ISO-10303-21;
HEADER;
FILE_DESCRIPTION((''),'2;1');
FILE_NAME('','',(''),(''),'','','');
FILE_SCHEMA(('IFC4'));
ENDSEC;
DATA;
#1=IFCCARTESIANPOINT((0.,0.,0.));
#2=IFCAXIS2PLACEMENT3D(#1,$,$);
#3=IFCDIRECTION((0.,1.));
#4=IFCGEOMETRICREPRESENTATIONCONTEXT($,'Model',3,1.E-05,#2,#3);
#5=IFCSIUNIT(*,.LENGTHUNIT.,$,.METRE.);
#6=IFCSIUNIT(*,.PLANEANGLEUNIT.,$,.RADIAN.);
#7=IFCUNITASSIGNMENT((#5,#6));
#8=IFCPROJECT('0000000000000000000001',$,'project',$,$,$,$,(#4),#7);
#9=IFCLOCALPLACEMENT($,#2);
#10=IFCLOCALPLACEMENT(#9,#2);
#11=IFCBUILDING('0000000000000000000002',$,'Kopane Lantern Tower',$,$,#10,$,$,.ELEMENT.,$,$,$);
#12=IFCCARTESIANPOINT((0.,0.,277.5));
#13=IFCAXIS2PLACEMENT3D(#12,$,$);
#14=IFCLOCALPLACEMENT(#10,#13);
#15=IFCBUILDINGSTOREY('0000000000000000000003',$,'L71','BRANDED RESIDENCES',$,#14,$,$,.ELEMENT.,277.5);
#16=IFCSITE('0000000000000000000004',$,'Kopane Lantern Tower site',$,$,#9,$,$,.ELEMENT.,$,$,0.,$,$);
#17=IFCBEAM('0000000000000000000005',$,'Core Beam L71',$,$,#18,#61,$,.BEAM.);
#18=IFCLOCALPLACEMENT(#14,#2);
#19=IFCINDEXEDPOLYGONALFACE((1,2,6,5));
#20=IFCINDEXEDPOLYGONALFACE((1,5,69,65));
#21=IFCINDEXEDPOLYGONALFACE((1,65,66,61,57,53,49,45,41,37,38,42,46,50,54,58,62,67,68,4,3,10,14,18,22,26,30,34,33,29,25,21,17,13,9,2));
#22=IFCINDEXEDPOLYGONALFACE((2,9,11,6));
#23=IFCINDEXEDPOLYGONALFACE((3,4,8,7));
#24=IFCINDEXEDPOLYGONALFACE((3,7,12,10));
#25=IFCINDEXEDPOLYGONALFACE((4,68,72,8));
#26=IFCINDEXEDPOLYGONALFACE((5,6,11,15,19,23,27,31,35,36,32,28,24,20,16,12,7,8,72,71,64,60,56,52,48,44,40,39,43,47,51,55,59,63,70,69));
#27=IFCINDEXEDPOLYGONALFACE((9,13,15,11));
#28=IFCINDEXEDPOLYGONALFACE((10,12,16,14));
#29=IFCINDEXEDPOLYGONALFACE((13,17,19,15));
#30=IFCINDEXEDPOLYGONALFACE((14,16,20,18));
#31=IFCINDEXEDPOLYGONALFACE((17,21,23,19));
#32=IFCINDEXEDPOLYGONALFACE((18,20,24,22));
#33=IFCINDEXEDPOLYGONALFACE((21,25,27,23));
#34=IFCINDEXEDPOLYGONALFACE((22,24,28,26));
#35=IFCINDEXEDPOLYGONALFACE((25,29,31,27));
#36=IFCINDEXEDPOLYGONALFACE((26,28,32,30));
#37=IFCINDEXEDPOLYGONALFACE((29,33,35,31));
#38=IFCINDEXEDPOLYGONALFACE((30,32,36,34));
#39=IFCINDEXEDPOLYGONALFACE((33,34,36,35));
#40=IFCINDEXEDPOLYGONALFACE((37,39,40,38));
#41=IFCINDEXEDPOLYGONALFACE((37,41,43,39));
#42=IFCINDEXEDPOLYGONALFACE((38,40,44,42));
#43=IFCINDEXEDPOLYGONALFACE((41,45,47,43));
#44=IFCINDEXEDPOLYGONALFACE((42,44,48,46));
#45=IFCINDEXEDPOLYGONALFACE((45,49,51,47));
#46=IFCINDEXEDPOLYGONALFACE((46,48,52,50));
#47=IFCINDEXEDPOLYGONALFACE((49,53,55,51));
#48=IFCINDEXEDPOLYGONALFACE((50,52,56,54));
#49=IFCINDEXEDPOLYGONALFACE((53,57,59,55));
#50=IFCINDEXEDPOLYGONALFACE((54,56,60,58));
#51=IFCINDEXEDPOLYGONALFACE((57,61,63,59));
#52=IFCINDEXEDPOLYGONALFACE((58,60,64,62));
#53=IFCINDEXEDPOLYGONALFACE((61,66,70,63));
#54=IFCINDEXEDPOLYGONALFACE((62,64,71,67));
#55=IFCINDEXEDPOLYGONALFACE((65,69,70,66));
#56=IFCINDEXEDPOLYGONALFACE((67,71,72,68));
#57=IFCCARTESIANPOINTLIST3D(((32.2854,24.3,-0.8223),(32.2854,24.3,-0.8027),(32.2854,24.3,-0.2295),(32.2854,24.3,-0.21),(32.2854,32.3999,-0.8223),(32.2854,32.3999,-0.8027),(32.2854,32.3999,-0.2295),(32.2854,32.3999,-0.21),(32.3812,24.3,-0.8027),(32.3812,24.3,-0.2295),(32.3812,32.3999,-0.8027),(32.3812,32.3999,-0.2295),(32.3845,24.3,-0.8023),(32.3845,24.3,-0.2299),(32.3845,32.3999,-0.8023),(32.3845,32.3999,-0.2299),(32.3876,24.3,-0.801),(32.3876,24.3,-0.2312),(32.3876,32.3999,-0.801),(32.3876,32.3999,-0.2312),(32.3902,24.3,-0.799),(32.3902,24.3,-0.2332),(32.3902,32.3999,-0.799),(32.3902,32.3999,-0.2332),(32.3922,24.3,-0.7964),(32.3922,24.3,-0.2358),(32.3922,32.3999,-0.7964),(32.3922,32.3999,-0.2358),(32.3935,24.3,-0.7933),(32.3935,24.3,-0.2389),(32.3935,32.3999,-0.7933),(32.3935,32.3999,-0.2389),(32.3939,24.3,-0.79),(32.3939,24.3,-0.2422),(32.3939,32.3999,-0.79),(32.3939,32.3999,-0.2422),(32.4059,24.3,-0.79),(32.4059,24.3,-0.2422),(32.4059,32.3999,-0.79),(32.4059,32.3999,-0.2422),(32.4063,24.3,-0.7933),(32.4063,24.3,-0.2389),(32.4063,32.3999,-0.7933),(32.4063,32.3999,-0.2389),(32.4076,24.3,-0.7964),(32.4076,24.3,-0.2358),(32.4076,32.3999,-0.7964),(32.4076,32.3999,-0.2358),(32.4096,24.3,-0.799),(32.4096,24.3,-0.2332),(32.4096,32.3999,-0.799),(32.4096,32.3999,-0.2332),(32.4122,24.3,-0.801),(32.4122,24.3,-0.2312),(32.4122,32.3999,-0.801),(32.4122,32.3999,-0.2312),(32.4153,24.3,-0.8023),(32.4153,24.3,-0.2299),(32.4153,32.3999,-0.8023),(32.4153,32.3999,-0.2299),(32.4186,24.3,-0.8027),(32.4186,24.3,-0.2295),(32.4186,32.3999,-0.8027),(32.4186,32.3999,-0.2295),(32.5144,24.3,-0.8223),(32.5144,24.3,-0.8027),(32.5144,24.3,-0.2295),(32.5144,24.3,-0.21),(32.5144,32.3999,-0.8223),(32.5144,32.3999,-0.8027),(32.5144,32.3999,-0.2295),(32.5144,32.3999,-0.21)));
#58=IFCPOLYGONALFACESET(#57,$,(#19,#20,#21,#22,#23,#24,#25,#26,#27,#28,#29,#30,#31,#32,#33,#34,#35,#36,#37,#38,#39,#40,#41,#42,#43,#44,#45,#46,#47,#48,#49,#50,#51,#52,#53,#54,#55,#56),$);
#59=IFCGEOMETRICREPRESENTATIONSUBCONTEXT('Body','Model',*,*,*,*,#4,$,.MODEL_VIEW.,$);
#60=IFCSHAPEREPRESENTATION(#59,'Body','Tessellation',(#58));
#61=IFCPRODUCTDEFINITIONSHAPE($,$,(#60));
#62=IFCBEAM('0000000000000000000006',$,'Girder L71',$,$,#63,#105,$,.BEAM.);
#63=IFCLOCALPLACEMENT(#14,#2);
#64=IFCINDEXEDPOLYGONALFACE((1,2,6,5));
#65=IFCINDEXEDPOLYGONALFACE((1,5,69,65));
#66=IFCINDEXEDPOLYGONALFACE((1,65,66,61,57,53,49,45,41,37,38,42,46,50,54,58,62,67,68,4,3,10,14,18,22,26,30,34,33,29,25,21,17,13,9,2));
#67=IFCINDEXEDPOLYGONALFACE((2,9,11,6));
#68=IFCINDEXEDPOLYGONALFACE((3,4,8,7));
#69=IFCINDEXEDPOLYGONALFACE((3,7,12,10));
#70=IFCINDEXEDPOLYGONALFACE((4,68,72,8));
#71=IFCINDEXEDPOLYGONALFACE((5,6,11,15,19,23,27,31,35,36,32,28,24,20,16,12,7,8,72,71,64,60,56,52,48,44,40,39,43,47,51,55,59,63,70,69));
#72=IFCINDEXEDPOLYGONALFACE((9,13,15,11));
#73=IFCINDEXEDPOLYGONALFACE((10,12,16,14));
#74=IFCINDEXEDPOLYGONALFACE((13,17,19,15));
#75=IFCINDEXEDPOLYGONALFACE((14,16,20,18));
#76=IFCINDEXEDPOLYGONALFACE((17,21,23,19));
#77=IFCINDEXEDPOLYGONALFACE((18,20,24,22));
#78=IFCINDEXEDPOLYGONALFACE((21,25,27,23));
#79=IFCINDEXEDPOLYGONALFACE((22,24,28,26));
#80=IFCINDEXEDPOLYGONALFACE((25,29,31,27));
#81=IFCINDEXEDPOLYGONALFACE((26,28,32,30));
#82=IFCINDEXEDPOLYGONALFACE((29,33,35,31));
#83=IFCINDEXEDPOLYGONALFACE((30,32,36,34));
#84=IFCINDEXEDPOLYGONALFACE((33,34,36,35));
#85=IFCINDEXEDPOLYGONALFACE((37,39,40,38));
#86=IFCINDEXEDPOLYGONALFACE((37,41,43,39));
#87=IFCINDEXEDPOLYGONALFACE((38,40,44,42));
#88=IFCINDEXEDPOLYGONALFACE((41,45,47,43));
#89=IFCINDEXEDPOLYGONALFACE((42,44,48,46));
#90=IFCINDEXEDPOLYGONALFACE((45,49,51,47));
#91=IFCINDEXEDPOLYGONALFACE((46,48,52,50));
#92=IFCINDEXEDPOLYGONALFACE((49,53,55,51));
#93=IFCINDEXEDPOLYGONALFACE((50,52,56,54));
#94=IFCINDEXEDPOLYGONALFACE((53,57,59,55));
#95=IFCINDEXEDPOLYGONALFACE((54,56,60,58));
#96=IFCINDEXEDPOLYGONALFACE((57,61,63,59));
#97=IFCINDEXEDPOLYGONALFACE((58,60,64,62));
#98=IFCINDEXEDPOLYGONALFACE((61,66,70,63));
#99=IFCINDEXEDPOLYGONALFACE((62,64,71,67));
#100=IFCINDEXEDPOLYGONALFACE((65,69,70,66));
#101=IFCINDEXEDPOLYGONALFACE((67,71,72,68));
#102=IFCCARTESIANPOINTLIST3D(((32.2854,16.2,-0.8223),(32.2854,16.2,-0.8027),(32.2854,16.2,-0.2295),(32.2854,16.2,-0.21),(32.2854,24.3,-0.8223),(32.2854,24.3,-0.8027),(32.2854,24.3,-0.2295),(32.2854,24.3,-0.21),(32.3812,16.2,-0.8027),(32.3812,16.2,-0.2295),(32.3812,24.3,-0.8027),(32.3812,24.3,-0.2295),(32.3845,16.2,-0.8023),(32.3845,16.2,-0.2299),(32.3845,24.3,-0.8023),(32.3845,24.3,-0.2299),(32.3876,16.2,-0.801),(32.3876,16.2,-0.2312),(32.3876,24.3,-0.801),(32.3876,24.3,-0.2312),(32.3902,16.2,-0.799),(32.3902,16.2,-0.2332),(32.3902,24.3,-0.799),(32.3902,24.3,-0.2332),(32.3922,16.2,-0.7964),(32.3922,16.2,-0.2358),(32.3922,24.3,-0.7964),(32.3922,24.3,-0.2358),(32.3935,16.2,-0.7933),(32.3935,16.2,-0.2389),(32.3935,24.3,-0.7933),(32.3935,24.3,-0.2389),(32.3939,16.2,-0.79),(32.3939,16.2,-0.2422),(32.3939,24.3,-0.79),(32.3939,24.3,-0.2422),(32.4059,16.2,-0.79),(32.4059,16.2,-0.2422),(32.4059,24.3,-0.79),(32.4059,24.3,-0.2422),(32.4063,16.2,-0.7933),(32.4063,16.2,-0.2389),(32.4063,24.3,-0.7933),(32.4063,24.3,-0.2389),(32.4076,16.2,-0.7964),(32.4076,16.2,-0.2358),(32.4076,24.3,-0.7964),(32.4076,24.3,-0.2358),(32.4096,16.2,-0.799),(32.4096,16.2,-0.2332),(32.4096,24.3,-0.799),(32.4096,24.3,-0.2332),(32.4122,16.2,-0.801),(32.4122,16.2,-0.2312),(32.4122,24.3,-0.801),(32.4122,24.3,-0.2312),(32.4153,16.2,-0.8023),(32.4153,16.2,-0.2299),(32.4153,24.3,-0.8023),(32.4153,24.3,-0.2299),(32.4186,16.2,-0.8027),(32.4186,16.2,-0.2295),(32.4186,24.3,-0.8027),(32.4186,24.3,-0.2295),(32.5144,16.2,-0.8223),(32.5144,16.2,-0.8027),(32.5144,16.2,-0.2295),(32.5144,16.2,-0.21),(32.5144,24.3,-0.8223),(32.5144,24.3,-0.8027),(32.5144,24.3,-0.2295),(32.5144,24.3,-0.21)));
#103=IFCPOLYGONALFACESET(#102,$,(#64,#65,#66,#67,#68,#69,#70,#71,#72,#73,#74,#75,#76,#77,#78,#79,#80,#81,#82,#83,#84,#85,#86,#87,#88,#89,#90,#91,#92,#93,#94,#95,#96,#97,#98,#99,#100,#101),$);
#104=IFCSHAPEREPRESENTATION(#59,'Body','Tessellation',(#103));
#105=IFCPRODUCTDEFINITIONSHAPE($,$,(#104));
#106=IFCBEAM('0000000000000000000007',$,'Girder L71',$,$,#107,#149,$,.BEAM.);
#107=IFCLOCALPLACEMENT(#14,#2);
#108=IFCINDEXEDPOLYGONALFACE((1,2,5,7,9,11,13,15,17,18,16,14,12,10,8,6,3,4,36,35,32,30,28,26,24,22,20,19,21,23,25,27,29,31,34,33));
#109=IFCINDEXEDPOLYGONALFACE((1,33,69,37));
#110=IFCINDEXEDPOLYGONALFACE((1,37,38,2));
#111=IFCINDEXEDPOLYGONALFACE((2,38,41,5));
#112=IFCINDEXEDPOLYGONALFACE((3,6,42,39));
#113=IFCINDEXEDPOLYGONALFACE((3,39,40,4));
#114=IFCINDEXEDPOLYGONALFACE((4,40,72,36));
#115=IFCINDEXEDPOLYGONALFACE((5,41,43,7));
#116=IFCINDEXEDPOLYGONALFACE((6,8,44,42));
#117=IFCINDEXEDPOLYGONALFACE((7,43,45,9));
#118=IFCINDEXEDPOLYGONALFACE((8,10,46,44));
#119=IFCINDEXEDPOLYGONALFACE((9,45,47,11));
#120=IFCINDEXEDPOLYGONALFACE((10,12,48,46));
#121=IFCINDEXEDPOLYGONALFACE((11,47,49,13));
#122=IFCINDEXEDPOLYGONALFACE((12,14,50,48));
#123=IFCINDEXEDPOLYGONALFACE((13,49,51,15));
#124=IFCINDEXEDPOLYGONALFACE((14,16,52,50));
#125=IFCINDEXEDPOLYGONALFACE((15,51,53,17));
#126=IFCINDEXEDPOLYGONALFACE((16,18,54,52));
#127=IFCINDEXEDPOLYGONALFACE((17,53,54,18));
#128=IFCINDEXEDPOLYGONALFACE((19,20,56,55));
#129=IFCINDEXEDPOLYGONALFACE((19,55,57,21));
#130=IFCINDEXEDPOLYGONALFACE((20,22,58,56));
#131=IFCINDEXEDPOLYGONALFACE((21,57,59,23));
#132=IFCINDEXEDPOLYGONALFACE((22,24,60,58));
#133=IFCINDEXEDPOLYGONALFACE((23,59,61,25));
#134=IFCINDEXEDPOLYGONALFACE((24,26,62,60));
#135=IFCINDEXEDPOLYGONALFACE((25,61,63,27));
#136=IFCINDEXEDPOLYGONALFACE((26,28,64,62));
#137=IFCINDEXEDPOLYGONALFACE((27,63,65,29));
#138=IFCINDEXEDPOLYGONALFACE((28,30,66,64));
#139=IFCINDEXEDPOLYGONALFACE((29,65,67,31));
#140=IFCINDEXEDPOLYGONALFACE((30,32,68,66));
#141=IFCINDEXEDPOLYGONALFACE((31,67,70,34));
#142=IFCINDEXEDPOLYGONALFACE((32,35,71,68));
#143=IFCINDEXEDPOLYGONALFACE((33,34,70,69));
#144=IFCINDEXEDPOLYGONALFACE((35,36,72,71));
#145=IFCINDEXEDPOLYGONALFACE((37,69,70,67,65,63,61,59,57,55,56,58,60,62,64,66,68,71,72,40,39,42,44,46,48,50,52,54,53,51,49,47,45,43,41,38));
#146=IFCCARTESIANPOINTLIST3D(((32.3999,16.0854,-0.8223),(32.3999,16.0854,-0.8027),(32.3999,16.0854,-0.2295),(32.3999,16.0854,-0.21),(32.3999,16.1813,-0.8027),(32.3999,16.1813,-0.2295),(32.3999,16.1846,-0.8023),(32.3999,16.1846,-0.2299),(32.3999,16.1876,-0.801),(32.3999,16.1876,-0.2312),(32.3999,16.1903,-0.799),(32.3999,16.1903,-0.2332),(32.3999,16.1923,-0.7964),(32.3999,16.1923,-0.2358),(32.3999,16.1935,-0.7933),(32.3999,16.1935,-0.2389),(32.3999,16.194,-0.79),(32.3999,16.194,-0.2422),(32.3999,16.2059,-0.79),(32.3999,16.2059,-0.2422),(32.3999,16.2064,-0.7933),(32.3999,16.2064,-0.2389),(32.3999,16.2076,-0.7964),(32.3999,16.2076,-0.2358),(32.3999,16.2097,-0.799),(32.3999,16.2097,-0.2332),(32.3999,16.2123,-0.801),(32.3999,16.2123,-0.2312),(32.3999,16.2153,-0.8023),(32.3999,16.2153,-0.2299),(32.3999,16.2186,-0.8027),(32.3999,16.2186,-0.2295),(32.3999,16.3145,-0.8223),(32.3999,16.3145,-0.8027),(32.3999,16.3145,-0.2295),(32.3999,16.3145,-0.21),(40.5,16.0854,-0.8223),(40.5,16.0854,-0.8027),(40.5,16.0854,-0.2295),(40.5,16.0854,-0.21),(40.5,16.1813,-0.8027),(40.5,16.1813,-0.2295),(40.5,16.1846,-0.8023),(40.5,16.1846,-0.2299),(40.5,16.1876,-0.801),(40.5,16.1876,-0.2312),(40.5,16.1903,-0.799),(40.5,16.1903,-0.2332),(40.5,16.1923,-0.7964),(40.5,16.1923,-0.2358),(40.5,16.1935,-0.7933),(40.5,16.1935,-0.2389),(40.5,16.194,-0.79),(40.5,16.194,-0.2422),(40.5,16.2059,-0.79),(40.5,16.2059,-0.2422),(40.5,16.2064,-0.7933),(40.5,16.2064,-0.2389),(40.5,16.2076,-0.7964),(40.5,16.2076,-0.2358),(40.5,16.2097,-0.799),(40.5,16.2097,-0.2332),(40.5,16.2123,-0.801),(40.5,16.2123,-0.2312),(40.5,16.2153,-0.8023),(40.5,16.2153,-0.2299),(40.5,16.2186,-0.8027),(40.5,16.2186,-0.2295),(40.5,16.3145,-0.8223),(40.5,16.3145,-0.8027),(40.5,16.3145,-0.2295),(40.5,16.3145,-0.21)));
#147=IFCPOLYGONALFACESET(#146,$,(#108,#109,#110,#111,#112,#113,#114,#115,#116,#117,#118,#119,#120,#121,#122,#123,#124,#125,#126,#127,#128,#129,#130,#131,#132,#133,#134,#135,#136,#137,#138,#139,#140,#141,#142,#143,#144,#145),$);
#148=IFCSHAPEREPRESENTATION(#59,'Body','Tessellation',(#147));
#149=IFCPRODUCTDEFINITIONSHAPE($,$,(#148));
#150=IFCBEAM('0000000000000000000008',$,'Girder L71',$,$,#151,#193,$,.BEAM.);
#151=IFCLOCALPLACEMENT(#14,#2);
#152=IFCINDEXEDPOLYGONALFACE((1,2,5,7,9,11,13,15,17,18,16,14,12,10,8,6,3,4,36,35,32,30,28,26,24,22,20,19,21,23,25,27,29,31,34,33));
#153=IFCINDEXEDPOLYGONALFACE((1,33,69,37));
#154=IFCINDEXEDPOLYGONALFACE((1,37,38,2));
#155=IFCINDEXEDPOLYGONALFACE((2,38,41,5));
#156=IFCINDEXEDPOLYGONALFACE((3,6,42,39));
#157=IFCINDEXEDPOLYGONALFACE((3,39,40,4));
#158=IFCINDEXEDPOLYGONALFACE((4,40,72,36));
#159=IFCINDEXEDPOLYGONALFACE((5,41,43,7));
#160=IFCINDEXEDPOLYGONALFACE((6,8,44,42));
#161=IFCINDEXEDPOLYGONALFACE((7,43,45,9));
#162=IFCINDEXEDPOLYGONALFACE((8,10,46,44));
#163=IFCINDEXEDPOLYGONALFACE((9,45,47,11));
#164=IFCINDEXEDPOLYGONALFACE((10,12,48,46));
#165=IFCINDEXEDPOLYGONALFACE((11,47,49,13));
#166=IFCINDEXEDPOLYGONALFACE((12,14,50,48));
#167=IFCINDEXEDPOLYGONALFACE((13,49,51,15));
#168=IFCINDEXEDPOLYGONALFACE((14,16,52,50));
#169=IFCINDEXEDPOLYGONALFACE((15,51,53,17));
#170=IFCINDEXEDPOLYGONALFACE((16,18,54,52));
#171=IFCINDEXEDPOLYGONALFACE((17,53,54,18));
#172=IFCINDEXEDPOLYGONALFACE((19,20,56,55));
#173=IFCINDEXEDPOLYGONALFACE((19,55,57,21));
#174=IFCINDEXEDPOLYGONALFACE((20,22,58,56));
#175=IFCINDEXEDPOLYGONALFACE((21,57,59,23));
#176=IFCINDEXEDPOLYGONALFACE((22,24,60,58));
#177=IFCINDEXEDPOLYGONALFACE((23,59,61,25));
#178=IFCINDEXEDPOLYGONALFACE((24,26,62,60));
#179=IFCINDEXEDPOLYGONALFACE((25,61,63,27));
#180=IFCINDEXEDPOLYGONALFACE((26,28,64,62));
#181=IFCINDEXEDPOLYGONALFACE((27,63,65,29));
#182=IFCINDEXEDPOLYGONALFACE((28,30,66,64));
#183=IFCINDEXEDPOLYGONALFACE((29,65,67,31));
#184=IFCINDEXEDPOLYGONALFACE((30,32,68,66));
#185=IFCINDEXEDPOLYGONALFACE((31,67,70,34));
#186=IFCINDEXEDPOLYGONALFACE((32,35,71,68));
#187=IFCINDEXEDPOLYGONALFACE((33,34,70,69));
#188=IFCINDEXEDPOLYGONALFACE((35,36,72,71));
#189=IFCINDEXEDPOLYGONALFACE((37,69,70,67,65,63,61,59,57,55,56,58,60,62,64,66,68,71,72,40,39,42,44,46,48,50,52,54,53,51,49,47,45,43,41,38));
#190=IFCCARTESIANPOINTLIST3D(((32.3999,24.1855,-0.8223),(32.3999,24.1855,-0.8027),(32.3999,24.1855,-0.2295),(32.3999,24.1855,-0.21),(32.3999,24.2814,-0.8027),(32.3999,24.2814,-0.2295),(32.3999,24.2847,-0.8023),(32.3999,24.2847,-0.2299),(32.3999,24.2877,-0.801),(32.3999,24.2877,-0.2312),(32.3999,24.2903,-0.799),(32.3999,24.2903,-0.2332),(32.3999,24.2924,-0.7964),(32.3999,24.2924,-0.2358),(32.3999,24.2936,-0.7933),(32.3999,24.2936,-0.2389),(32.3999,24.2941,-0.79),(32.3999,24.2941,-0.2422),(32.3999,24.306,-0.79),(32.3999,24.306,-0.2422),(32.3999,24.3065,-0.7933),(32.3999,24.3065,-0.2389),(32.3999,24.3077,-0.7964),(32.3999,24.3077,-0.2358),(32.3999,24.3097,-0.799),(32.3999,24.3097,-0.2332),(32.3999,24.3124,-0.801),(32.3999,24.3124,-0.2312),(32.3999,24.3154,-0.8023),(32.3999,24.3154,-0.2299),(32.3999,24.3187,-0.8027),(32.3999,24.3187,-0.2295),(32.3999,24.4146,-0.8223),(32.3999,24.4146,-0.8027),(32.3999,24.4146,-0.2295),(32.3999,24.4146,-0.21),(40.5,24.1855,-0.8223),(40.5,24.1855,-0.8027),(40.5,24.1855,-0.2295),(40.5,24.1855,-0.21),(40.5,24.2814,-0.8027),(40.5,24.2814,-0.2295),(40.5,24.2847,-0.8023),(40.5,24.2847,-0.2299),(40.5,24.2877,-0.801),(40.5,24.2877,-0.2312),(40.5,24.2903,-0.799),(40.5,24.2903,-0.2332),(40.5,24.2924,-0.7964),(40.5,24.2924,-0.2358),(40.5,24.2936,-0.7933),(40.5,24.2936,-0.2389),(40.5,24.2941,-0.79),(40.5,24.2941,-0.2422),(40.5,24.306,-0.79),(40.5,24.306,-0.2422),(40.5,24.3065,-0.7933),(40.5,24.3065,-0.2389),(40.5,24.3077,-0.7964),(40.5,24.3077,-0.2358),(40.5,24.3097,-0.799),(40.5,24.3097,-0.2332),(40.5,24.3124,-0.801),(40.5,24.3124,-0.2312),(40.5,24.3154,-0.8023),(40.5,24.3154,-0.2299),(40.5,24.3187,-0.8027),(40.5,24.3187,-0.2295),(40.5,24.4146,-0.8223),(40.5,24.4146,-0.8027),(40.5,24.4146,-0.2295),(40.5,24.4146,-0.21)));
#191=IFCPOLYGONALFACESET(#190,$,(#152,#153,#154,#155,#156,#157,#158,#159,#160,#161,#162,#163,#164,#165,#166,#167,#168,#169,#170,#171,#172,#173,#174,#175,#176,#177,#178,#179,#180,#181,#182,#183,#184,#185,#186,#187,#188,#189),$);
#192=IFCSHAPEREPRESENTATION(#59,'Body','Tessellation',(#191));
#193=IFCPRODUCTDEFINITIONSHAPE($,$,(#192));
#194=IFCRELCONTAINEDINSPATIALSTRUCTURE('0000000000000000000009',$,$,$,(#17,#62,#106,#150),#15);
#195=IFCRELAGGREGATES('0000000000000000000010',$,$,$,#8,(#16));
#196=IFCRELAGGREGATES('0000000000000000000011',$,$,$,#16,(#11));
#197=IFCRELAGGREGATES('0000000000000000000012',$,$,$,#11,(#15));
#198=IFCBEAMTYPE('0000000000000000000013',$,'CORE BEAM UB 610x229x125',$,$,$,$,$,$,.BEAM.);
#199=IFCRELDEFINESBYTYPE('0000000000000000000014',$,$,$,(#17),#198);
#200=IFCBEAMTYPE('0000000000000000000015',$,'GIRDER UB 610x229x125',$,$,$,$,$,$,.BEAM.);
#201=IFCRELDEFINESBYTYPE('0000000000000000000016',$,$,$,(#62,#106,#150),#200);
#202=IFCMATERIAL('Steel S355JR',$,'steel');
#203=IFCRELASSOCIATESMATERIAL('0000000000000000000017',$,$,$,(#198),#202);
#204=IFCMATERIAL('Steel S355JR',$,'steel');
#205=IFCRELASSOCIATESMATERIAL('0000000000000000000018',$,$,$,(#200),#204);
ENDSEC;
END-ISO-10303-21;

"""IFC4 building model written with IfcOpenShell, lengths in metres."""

from ifc_helpers import new_model, si_unit, direction, frame, origin, origin_2d, place, context, subcontext, project, spatial, i_section, extrude, material, material_profile, profile_set, type_object, element, save


model = new_model("IFC4")

# Units and contexts
model_context = context("Model", 3, precision=1e-05, world=origin(), true_north=direction((0.0, 1.0)))
body_context = subcontext(model_context, "Body", "Model", "MODEL_VIEW")
ifc_project = project(units=[si_unit("LENGTHUNIT", "METRE"), si_unit("PLANEANGLEUNIT", "RADIAN")], contexts=[model_context])

# Site, building, storey
site_placement = place(None, origin())
site = spatial("IfcSite", under=ifc_project, at=site_placement, Name="Kopane Lantern Tower site", CompositionType="ELEMENT", RefElevation=0.0)
building_placement = place(site_placement, origin())
building = spatial("IfcBuilding", under=site, at=building_placement, Name="Kopane Lantern Tower", CompositionType="ELEMENT")
storey_placement = place(building_placement, frame((0.0, 0.0, 277.5)))
storey = spatial("IfcBuildingStorey", under=building, at=storey_placement, Name="L71", Description="BRANDED RESIDENCES", CompositionType="ELEMENT", Elevation=277.5)

# Beams
ifc_material_1 = material(Name="Steel S355JR", Category="steel")
ifc_material_profile_1 = material_profile(ifc_material_1, i_section(OverallWidth=0.229, OverallDepth=0.6123, WebThickness=0.012, FlangeThickness=0.0195, FilletRadius=0.0127, at=origin_2d()), Name="UB 610x229x125")
ifc_profile_set_1 = profile_set([ifc_material_profile_1], Name="Steel S355JR")
beam_type_1 = type_object("IfcBeamType", Name="CORE BEAM UB 610x229x125", PredefinedType="BEAM", material=ifc_profile_set_1)
beam_placement = place(storey_placement, frame((32.3999, 24.3, -0.5161), z_axis=(0.0, 1.0, 0.0), x_axis=(-1.0, 0.0, 0.0)))
element("IfcBeam", 1, at=beam_placement, inside=storey, type_object=beam_type_1, Name="Core Beam L71", PredefinedType="BEAM", context=body_context, shape_type="SweptSolid", body=[
    extrude(i_section(OverallWidth=0.229, OverallDepth=0.6123, WebThickness=0.012, FlangeThickness=0.0195, FilletRadius=0.0127, at=origin_2d()), origin(), (0.0, 0.0, 1.0), 8.0999),
])
ifc_material_2 = material(Name="Steel S355JR", Category="steel")
ifc_material_profile_2 = material_profile(ifc_material_2, i_section(OverallWidth=0.229, OverallDepth=0.6123, WebThickness=0.012, FlangeThickness=0.0195, FilletRadius=0.0127, at=origin_2d()), Name="UB 610x229x125")
ifc_profile_set_2 = profile_set([ifc_material_profile_2], Name="Steel S355JR")
beam_type_2 = type_object("IfcBeamType", Name="GIRDER UB 610x229x125", PredefinedType="BEAM", material=ifc_profile_set_2)
for number, where, z_axis, x_axis, name in (
    (2, (32.3999, 16.2, -0.5161), (0.0, 1.0, 0.0), (-1.0, 0.0, 0.0), "Girder L71"),
    (3, (32.3999, 16.2, -0.5161), (1.0, 0.0, 0.0), (0.0, 1.0, 0.0), "Girder L71"),
    (4, (32.3999, 24.3, -0.5161), (1.0, 0.0, 0.0), (0.0, 1.0, 0.0), "Girder L71"),
):
    element("IfcBeam", number, at=place(storey_placement, frame(where, z_axis=z_axis, x_axis=x_axis)), inside=storey, type_object=beam_type_2, Name=name, PredefinedType="BEAM", context=body_context, shape_type="SweptSolid", body=[
        extrude(i_section(OverallWidth=0.229, OverallDepth=0.6123, WebThickness=0.012, FlangeThickness=0.0195, FilletRadius=0.0127, at=origin_2d()), origin(), (0.0, 0.0, 1.0), 8.1001),
    ])

save(model, "model.ifc")
